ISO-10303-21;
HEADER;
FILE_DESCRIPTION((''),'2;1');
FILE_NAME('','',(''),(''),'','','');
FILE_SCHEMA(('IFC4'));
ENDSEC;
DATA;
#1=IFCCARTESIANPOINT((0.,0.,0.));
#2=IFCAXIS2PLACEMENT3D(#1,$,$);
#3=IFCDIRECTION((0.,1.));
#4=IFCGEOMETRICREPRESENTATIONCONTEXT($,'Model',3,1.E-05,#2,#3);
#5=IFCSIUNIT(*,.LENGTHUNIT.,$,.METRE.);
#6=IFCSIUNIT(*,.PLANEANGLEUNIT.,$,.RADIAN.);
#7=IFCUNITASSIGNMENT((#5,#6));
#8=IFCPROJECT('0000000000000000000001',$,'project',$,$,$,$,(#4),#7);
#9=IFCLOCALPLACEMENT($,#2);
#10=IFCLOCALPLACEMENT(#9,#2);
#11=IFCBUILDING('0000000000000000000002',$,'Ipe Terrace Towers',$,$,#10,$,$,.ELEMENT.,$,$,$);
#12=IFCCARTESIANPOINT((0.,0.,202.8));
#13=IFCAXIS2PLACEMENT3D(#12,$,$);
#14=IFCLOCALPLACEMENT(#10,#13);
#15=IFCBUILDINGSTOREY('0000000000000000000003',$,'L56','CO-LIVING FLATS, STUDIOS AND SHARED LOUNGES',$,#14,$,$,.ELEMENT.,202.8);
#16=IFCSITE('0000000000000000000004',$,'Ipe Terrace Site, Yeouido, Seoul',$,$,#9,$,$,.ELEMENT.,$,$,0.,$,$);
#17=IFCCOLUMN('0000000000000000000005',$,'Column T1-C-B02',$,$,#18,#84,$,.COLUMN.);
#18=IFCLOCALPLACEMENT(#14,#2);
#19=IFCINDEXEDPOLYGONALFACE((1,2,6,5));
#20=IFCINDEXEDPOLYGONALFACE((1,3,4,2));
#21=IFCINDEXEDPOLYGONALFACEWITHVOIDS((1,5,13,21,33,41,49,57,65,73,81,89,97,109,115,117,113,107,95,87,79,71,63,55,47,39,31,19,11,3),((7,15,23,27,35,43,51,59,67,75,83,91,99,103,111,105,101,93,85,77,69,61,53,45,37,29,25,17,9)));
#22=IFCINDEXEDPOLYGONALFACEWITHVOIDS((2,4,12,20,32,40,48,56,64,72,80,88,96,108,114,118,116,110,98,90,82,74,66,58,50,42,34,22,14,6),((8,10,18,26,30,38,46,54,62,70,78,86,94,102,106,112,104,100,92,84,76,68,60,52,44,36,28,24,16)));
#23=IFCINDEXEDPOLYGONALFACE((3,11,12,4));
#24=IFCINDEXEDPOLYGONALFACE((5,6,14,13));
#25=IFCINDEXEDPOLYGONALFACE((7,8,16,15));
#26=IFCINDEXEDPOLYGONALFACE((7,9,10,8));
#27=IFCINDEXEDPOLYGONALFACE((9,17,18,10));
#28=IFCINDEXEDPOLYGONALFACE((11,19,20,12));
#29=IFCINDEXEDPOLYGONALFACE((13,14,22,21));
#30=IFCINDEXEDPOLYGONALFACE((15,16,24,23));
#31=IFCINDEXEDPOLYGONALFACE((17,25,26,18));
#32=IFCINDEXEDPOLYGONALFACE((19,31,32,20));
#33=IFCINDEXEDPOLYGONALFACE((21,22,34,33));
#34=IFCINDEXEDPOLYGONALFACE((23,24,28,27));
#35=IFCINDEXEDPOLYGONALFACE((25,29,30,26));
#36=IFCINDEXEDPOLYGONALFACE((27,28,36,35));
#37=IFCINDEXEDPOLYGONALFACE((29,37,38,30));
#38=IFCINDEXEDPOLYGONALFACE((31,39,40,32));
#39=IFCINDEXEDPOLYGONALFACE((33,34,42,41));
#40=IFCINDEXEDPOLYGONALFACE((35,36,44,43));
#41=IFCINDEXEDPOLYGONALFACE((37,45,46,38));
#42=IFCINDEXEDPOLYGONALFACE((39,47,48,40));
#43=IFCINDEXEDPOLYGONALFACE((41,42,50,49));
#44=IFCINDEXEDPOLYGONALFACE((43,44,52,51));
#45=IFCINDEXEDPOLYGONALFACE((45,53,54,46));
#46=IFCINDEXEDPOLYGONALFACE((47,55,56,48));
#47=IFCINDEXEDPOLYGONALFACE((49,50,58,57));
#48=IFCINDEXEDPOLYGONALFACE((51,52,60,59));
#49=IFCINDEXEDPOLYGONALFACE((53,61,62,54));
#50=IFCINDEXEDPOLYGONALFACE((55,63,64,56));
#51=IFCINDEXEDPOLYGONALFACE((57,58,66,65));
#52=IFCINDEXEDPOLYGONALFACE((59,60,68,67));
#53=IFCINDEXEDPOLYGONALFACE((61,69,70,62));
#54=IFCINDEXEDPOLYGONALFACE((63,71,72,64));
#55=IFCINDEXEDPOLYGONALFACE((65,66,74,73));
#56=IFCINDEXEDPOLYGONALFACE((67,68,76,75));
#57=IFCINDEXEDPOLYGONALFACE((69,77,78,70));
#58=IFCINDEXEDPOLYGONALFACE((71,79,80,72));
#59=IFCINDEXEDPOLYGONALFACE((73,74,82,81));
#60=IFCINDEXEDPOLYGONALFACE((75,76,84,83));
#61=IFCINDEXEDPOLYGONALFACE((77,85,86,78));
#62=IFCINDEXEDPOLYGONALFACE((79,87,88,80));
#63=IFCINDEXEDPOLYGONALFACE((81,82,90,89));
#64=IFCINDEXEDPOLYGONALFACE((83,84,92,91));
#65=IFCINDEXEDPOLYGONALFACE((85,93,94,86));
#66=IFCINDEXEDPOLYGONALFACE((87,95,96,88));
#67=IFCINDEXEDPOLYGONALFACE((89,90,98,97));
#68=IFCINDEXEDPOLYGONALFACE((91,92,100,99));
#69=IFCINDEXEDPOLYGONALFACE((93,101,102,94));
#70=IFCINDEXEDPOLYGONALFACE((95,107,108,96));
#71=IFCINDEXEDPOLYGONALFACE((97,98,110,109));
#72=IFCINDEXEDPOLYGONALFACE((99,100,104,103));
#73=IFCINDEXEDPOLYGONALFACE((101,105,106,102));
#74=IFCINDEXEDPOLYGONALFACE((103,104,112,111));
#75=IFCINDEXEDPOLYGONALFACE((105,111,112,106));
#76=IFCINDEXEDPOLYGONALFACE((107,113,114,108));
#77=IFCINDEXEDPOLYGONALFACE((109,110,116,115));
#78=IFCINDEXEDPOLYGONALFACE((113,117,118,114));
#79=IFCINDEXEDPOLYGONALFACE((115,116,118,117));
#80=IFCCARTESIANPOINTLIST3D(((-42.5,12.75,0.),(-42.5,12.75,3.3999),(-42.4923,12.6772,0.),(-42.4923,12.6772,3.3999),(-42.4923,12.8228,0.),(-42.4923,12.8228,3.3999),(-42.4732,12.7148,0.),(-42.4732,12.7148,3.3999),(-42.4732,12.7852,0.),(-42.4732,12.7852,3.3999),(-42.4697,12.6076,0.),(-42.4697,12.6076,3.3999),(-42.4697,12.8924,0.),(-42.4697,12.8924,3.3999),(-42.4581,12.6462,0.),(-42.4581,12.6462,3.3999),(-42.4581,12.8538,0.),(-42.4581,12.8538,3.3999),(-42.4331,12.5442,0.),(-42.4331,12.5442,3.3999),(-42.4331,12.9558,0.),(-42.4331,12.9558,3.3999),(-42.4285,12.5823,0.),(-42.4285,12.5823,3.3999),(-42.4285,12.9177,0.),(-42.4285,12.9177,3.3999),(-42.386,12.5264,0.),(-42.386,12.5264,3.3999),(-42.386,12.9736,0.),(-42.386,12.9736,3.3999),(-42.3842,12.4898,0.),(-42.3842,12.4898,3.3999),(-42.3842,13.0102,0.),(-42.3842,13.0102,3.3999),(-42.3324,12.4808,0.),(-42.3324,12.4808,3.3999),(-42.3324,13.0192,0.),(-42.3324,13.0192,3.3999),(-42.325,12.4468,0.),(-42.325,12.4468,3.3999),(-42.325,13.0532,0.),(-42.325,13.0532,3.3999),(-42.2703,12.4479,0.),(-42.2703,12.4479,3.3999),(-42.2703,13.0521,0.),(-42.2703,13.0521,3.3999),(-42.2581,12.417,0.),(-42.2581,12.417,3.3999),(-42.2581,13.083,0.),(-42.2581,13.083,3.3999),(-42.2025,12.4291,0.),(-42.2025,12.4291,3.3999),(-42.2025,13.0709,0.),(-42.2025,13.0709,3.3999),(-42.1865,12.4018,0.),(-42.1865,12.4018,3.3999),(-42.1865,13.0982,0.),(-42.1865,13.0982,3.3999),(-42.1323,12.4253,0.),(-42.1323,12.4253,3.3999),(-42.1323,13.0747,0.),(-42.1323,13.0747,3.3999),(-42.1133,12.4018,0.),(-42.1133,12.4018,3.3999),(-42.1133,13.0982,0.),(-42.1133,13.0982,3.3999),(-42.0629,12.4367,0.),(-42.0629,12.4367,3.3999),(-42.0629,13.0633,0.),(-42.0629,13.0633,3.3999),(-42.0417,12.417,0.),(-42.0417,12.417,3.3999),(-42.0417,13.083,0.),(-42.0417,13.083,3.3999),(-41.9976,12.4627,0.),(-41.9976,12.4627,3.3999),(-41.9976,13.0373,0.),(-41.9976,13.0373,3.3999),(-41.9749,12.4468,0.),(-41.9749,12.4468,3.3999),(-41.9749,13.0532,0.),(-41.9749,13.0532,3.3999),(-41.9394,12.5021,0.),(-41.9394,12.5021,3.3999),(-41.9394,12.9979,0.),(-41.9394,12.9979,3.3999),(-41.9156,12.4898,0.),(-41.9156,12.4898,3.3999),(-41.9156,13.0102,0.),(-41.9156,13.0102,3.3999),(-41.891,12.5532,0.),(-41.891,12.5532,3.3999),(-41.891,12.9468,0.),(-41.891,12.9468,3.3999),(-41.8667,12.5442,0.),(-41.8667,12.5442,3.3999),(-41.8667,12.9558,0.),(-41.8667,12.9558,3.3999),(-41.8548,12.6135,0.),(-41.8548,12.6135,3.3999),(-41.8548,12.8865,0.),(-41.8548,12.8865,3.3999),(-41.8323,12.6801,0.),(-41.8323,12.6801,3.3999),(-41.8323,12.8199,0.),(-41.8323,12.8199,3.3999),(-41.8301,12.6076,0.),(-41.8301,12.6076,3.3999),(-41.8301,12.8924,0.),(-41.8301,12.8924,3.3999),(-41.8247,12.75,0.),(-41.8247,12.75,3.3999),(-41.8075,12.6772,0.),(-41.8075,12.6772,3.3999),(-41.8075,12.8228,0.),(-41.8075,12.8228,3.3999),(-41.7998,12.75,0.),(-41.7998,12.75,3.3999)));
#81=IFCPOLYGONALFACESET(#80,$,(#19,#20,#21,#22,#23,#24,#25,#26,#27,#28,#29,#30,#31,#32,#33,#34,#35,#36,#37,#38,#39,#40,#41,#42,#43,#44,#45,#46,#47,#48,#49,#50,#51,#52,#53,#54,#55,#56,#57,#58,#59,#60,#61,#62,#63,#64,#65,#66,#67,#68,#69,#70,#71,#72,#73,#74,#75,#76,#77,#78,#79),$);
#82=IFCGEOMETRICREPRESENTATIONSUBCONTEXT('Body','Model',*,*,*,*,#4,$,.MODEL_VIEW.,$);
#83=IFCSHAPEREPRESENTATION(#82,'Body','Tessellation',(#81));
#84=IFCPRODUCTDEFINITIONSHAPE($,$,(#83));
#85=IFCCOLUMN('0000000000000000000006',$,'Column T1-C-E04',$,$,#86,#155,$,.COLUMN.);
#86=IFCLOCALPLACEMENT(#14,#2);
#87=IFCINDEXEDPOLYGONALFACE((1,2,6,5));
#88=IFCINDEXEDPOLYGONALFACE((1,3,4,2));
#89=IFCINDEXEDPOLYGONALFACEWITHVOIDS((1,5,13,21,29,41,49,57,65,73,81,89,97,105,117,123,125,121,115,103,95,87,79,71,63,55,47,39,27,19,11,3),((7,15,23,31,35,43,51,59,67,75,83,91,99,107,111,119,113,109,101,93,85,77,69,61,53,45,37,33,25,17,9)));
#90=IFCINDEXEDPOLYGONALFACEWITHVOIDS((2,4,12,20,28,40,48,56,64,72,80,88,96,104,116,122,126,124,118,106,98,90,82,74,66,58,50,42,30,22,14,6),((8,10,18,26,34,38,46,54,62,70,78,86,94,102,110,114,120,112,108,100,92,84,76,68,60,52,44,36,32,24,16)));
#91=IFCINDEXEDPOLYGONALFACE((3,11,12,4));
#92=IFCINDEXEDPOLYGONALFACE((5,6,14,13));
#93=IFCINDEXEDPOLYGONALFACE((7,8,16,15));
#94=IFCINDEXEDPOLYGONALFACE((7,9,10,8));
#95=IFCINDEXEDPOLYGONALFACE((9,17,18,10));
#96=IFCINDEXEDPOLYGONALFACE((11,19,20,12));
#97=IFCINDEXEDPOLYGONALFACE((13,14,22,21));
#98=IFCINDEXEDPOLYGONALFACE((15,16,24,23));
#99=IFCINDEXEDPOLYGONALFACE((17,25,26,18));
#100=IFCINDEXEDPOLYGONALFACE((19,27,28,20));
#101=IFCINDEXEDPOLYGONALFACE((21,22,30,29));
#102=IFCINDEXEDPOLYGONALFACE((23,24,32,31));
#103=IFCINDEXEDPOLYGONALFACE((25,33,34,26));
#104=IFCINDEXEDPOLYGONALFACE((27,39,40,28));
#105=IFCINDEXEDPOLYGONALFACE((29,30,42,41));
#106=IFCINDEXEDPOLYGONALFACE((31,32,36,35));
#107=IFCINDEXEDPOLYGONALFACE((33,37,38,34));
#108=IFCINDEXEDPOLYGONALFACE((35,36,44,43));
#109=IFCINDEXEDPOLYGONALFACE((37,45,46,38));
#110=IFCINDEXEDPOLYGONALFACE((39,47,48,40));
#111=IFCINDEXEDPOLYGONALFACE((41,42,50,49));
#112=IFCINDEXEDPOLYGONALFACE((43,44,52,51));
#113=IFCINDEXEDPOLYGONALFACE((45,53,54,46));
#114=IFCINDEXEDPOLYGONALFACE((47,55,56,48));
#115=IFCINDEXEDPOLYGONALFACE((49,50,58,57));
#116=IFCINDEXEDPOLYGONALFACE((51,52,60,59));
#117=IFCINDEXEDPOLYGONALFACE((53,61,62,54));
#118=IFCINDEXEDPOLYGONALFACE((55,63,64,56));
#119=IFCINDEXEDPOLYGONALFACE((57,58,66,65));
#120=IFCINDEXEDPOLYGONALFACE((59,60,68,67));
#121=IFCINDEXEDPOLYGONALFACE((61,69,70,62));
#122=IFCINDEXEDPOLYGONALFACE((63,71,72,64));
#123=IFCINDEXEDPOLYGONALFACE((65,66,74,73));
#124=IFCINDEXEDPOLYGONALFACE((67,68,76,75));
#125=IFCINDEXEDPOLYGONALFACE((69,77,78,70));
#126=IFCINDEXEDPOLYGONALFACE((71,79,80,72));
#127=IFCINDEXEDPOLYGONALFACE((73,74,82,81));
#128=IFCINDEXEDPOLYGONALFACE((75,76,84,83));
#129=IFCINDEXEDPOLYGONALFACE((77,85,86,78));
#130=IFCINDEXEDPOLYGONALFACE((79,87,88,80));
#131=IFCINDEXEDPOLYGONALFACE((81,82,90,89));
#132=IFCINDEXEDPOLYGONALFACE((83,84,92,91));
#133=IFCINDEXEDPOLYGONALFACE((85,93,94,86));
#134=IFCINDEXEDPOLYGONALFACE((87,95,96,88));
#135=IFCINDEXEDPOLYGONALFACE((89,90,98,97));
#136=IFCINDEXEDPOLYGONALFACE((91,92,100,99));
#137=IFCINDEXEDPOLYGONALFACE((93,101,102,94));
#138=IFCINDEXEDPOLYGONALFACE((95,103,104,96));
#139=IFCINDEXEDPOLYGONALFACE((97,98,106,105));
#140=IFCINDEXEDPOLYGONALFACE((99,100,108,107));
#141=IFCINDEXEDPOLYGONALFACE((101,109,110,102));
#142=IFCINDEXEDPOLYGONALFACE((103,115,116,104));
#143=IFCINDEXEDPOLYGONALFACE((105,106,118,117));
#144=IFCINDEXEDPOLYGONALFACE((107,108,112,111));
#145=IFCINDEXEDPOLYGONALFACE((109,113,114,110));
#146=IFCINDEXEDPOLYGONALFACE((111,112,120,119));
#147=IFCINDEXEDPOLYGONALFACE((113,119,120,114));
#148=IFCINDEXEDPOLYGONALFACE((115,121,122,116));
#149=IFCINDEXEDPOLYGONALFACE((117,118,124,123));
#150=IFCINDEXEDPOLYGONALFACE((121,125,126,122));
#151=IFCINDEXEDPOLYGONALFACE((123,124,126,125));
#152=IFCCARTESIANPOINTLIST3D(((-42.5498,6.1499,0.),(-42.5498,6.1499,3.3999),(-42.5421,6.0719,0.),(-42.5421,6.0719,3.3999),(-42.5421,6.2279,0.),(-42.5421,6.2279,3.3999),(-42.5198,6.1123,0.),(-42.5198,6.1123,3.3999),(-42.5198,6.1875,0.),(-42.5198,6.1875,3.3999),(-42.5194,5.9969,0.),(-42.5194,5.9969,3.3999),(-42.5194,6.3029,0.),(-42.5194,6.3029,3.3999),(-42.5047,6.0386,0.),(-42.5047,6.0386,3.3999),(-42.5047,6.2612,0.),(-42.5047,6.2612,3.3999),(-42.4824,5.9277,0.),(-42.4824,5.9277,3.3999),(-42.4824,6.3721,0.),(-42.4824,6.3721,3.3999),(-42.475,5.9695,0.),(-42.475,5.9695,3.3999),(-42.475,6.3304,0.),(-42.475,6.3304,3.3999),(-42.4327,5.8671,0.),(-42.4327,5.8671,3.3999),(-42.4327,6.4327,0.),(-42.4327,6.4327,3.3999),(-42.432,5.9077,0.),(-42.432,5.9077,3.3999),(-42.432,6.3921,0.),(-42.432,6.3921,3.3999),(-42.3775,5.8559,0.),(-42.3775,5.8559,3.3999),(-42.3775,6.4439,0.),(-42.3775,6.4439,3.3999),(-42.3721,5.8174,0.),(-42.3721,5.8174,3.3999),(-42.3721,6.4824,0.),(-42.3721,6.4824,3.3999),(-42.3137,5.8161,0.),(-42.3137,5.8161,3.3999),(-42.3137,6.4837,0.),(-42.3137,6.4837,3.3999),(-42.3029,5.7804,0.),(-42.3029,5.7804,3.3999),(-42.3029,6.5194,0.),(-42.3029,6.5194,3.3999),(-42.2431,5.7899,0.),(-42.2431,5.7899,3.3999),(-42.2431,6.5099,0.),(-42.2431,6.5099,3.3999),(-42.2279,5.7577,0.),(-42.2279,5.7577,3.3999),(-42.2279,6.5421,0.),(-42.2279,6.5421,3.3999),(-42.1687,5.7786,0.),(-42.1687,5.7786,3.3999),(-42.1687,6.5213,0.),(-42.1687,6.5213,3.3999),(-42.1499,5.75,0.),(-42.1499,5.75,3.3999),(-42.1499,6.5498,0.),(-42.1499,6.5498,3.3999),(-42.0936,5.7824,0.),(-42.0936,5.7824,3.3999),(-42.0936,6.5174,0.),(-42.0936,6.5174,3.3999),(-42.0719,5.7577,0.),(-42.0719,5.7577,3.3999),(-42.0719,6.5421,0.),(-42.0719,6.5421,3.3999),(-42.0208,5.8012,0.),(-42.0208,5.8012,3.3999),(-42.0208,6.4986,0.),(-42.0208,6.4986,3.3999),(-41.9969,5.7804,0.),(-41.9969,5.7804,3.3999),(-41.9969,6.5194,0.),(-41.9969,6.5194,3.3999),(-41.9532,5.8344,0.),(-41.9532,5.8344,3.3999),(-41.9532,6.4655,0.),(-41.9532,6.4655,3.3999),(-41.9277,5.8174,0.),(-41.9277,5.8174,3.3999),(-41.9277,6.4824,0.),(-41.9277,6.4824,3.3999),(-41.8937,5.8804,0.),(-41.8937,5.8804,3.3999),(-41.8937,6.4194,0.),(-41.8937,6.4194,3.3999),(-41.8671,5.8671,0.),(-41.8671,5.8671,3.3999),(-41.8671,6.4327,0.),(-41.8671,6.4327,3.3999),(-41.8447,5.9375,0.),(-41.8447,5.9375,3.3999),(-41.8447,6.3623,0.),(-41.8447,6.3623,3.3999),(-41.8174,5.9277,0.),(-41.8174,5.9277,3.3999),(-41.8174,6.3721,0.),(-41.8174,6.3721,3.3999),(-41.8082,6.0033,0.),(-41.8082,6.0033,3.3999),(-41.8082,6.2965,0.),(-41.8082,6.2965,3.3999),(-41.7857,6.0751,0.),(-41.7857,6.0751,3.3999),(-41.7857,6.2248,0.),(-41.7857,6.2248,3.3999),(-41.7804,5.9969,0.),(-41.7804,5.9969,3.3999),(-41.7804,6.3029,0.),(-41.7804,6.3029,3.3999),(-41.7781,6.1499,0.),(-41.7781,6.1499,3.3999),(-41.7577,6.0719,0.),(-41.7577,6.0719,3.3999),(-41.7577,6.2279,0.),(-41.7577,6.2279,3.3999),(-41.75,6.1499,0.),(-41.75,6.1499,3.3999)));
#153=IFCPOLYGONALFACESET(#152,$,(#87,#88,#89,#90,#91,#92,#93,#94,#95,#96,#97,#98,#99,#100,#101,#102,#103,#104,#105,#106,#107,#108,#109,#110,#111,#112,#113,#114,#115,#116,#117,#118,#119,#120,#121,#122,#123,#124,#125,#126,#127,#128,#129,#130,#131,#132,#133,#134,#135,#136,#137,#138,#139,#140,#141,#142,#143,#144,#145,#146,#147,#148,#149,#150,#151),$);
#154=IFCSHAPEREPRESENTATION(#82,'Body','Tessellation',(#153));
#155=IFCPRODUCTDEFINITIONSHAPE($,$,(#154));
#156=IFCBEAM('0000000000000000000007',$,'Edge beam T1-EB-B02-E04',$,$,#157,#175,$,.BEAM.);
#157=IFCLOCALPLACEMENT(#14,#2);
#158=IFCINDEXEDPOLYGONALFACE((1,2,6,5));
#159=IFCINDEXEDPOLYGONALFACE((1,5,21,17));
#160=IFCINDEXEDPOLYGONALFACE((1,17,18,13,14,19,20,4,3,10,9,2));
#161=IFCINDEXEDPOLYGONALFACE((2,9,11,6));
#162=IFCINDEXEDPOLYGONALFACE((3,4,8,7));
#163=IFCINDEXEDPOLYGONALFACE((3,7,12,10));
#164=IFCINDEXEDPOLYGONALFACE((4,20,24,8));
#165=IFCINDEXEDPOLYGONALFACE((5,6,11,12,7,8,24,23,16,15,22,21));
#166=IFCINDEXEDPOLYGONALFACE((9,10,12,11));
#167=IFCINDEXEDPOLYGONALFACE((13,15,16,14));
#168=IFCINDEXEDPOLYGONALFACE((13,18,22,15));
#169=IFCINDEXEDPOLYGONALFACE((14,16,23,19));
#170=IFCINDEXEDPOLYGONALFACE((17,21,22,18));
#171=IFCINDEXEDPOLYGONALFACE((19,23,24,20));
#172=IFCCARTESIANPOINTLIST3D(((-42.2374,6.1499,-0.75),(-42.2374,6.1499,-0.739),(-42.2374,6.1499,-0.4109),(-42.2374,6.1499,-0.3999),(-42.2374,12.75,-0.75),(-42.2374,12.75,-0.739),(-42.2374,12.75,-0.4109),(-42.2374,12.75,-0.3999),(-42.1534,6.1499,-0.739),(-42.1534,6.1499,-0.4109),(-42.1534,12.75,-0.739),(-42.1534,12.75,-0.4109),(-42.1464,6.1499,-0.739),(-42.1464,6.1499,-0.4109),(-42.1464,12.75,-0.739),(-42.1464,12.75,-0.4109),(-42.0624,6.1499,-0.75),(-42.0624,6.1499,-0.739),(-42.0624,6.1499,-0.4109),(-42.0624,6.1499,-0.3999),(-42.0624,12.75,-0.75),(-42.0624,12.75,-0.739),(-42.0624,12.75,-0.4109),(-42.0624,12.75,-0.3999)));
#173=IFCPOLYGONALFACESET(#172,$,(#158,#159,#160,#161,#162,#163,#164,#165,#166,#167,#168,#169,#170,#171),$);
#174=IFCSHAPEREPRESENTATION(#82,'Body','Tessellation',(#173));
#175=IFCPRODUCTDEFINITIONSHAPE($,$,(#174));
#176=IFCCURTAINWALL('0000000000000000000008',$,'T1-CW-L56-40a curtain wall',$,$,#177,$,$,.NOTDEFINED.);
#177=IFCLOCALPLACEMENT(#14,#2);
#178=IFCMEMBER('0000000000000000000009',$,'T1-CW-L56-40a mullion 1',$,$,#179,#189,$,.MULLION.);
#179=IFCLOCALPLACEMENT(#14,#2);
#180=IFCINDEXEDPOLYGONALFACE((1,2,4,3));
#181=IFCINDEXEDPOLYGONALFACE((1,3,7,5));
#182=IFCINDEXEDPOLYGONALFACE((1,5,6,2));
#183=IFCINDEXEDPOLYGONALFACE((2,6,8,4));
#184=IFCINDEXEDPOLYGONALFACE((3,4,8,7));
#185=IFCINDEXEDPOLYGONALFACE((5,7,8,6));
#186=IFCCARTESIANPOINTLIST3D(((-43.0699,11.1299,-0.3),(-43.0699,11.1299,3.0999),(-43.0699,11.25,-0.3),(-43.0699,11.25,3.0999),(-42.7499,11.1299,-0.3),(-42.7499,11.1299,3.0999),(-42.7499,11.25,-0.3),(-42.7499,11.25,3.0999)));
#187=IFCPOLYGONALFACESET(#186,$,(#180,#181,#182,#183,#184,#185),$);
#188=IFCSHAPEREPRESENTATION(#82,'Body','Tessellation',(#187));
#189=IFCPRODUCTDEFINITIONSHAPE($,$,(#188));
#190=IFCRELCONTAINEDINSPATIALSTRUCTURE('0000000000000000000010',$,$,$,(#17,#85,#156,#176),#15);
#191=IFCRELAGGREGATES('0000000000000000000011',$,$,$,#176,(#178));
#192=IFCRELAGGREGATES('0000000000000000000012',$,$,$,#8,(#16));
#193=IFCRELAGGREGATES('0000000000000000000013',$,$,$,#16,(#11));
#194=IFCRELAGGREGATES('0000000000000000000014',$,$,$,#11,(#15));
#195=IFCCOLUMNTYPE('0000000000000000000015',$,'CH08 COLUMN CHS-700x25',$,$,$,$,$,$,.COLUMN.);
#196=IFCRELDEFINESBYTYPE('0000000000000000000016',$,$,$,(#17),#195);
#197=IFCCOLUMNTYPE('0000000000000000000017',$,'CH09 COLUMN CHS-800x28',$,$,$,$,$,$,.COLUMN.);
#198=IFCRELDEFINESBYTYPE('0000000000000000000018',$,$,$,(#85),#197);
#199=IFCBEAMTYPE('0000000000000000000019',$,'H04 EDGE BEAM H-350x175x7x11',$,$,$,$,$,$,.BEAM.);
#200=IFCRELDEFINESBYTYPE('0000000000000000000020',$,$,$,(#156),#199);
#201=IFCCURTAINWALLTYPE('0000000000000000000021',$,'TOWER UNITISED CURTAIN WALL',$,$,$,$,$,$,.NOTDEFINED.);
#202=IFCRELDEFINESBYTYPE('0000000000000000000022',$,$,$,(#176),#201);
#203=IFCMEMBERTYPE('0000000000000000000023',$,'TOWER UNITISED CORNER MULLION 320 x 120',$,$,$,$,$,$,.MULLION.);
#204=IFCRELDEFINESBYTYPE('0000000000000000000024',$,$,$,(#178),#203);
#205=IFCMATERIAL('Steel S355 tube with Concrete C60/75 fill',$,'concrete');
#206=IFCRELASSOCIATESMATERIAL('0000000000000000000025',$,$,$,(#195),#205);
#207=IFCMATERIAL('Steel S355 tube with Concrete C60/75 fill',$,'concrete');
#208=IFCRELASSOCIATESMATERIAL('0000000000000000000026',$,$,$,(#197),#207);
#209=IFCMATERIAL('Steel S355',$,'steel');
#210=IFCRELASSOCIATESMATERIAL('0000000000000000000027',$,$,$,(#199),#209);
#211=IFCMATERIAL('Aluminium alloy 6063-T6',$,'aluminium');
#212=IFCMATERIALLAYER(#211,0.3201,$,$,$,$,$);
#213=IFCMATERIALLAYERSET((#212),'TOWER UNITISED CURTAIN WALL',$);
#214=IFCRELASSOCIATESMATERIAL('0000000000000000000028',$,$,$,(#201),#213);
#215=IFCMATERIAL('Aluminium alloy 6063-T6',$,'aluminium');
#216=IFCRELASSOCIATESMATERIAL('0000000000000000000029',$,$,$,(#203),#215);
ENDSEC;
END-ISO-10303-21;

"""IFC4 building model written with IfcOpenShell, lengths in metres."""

from ifc_helpers import new_model, si_unit, direction, frame, origin, origin_2d, place, context, subcontext, project, spatial, rectangle, hollow_circle, i_section, extrude, material, layer, layer_set, material_profile, profile_set, type_object, element, aggregate, save


model = new_model("IFC4")

# Units and contexts
model_context = context("Model", 3, precision=1e-05, world=origin(), true_north=direction((0.0, 1.0)))
body_context = subcontext(model_context, "Body", "Model", "MODEL_VIEW")
ifc_project = project(units=[si_unit("LENGTHUNIT", "METRE"), si_unit("PLANEANGLEUNIT", "RADIAN")], contexts=[model_context])

# Site, building, storey
site_placement = place(None, origin())
site = spatial("IfcSite", under=ifc_project, at=site_placement, Name="Ipe Terrace Site, Yeouido, Seoul", CompositionType="ELEMENT", RefElevation=0.0)
building_placement = place(site_placement, origin())
building = spatial("IfcBuilding", under=site, at=building_placement, Name="Ipe Terrace Towers", CompositionType="ELEMENT")
storey_placement = place(building_placement, frame((0.0, 0.0, 202.8)))
storey = spatial("IfcBuildingStorey", under=building, at=storey_placement, Name="L56", Description="CO-LIVING FLATS, STUDIOS AND SHARED LOUNGES", CompositionType="ELEMENT", Elevation=202.8)

# Columns
ifc_material_1 = material(Name="Steel S355 tube with Concrete C60/75 fill", Category="concrete")
ifc_material_profile_1 = material_profile(ifc_material_1, hollow_circle(Radius=0.3501, WallThickness=0.0249, at=origin_2d()), Name="CHS-700x25")
ifc_profile_set_1 = profile_set([ifc_material_profile_1], Name="Steel S355 tube with Concrete C60/75 fill")
column_type_1 = type_object("IfcColumnType", Name="CH08 COLUMN CHS-700x25", PredefinedType="COLUMN", material=ifc_profile_set_1)
column_1_placement = place(storey_placement, frame((-42.1499, 12.75, 0.0), z_axis=(0.0, 0.0, 1.0), x_axis=(1.0, 0.0, 0.0)))
element("IfcColumn", 1, at=column_1_placement, inside=storey, type_object=column_type_1, Name="Column T1-C-B02", PredefinedType="COLUMN", context=body_context, shape_type="SweptSolid", body=[
    extrude(hollow_circle(Radius=0.3501, WallThickness=0.0249, at=origin_2d()), origin(), (0.0, 0.0, 1.0), 3.3999),
])
ifc_material_2 = material(Name="Steel S355 tube with Concrete C60/75 fill", Category="concrete")
ifc_material_profile_2 = material_profile(ifc_material_2, hollow_circle(Radius=0.3999, WallThickness=0.0281, at=origin_2d()), Name="CHS-800x28")
ifc_profile_set_2 = profile_set([ifc_material_profile_2], Name="Steel S355 tube with Concrete C60/75 fill")
column_type_2 = type_object("IfcColumnType", Name="CH09 COLUMN CHS-800x28", PredefinedType="COLUMN", material=ifc_profile_set_2)
column_2_placement = place(storey_placement, frame((-42.1499, 6.1499, 0.0), z_axis=(0.0, 0.0, 1.0), x_axis=(1.0, 0.0, 0.0)))
element("IfcColumn", 2, at=column_2_placement, inside=storey, type_object=column_type_2, Name="Column T1-C-E04", PredefinedType="COLUMN", context=body_context, shape_type="SweptSolid", body=[
    extrude(hollow_circle(Radius=0.3999, WallThickness=0.0281, at=origin_2d()), origin(), (0.0, 0.0, 1.0), 3.3999),
])

# Beam
ifc_material_3 = material(Name="Steel S355", Category="steel")
ifc_material_profile_3 = material_profile(ifc_material_3, i_section(OverallWidth=0.175, OverallDepth=0.3501, WebThickness=0.0071, FlangeThickness=0.011, at=origin_2d()), Name="H-350x175x7x11")
ifc_profile_set_3 = profile_set([ifc_material_profile_3], Name="Steel S355")
beam_type = type_object("IfcBeamType", Name="H04 EDGE BEAM H-350x175x7x11", PredefinedType="BEAM", material=ifc_profile_set_3)
beam_placement = place(storey_placement, frame((-42.1499, 12.75, -0.575), z_axis=(0.0, -1.0, 0.0), x_axis=(1.0, 0.0, 0.0)))
element("IfcBeam", 3, at=beam_placement, inside=storey, type_object=beam_type, Name="Edge beam T1-EB-B02-E04", PredefinedType="BEAM", context=body_context, shape_type="SweptSolid", body=[
    extrude(i_section(OverallWidth=0.175, OverallDepth=0.3501, WebThickness=0.0071, FlangeThickness=0.011, at=origin_2d()), origin(), (0.0, 0.0, 1.0), 6.6001),
])

# Curtain wall, member
ifc_material_4 = material(Name="Aluminium alloy 6063-T6", Category="aluminium")
ifc_layer_1 = layer(ifc_material_4, 0.3201)
ifc_layer_set_1 = layer_set([ifc_layer_1], Name="TOWER UNITISED CURTAIN WALL")
curtain_wall_type = type_object("IfcCurtainWallType", Name="TOWER UNITISED CURTAIN WALL", PredefinedType="NOTDEFINED", material=ifc_layer_set_1)
curtain_wall_placement = place(storey_placement, origin())
curtain_wall = element("IfcCurtainWall", 4, at=curtain_wall_placement, inside=storey, type_object=curtain_wall_type, Name="T1-CW-L56-40a curtain wall", PredefinedType="NOTDEFINED")
ifc_material_5 = material(Name="Aluminium alloy 6063-T6", Category="aluminium")
ifc_material_profile_4 = material_profile(ifc_material_5, rectangle(XDim=0.3201, YDim=0.1201, at=origin_2d()), Name="TOWER UNITISED CORNER MULLION 320 x 120")
ifc_profile_set_4 = profile_set([ifc_material_profile_4], Name="Aluminium alloy 6063-T6")
member_type = type_object("IfcMemberType", Name="TOWER UNITISED CORNER MULLION 320 x 120", PredefinedType="MULLION", material=ifc_profile_set_4)
member_1_placement = place(storey_placement, frame((-42.9099, 11.1899, -0.3), z_axis=(0.0, 0.0, 1.0), x_axis=(-1.0, 0.0, 0.0)))
member_1 = element("IfcMember", 5, at=member_1_placement, type_object=member_type, Name="T1-CW-L56-40a mullion 1", PredefinedType="MULLION", context=body_context, shape_type="SweptSolid", body=[
    extrude(rectangle(XDim=0.3201, YDim=0.1201, at=origin_2d()), origin(), (0.0, 0.0, 1.0), 3.3999),
])
aggregate(curtain_wall, [member_1])

save(model, "model.ifc")
